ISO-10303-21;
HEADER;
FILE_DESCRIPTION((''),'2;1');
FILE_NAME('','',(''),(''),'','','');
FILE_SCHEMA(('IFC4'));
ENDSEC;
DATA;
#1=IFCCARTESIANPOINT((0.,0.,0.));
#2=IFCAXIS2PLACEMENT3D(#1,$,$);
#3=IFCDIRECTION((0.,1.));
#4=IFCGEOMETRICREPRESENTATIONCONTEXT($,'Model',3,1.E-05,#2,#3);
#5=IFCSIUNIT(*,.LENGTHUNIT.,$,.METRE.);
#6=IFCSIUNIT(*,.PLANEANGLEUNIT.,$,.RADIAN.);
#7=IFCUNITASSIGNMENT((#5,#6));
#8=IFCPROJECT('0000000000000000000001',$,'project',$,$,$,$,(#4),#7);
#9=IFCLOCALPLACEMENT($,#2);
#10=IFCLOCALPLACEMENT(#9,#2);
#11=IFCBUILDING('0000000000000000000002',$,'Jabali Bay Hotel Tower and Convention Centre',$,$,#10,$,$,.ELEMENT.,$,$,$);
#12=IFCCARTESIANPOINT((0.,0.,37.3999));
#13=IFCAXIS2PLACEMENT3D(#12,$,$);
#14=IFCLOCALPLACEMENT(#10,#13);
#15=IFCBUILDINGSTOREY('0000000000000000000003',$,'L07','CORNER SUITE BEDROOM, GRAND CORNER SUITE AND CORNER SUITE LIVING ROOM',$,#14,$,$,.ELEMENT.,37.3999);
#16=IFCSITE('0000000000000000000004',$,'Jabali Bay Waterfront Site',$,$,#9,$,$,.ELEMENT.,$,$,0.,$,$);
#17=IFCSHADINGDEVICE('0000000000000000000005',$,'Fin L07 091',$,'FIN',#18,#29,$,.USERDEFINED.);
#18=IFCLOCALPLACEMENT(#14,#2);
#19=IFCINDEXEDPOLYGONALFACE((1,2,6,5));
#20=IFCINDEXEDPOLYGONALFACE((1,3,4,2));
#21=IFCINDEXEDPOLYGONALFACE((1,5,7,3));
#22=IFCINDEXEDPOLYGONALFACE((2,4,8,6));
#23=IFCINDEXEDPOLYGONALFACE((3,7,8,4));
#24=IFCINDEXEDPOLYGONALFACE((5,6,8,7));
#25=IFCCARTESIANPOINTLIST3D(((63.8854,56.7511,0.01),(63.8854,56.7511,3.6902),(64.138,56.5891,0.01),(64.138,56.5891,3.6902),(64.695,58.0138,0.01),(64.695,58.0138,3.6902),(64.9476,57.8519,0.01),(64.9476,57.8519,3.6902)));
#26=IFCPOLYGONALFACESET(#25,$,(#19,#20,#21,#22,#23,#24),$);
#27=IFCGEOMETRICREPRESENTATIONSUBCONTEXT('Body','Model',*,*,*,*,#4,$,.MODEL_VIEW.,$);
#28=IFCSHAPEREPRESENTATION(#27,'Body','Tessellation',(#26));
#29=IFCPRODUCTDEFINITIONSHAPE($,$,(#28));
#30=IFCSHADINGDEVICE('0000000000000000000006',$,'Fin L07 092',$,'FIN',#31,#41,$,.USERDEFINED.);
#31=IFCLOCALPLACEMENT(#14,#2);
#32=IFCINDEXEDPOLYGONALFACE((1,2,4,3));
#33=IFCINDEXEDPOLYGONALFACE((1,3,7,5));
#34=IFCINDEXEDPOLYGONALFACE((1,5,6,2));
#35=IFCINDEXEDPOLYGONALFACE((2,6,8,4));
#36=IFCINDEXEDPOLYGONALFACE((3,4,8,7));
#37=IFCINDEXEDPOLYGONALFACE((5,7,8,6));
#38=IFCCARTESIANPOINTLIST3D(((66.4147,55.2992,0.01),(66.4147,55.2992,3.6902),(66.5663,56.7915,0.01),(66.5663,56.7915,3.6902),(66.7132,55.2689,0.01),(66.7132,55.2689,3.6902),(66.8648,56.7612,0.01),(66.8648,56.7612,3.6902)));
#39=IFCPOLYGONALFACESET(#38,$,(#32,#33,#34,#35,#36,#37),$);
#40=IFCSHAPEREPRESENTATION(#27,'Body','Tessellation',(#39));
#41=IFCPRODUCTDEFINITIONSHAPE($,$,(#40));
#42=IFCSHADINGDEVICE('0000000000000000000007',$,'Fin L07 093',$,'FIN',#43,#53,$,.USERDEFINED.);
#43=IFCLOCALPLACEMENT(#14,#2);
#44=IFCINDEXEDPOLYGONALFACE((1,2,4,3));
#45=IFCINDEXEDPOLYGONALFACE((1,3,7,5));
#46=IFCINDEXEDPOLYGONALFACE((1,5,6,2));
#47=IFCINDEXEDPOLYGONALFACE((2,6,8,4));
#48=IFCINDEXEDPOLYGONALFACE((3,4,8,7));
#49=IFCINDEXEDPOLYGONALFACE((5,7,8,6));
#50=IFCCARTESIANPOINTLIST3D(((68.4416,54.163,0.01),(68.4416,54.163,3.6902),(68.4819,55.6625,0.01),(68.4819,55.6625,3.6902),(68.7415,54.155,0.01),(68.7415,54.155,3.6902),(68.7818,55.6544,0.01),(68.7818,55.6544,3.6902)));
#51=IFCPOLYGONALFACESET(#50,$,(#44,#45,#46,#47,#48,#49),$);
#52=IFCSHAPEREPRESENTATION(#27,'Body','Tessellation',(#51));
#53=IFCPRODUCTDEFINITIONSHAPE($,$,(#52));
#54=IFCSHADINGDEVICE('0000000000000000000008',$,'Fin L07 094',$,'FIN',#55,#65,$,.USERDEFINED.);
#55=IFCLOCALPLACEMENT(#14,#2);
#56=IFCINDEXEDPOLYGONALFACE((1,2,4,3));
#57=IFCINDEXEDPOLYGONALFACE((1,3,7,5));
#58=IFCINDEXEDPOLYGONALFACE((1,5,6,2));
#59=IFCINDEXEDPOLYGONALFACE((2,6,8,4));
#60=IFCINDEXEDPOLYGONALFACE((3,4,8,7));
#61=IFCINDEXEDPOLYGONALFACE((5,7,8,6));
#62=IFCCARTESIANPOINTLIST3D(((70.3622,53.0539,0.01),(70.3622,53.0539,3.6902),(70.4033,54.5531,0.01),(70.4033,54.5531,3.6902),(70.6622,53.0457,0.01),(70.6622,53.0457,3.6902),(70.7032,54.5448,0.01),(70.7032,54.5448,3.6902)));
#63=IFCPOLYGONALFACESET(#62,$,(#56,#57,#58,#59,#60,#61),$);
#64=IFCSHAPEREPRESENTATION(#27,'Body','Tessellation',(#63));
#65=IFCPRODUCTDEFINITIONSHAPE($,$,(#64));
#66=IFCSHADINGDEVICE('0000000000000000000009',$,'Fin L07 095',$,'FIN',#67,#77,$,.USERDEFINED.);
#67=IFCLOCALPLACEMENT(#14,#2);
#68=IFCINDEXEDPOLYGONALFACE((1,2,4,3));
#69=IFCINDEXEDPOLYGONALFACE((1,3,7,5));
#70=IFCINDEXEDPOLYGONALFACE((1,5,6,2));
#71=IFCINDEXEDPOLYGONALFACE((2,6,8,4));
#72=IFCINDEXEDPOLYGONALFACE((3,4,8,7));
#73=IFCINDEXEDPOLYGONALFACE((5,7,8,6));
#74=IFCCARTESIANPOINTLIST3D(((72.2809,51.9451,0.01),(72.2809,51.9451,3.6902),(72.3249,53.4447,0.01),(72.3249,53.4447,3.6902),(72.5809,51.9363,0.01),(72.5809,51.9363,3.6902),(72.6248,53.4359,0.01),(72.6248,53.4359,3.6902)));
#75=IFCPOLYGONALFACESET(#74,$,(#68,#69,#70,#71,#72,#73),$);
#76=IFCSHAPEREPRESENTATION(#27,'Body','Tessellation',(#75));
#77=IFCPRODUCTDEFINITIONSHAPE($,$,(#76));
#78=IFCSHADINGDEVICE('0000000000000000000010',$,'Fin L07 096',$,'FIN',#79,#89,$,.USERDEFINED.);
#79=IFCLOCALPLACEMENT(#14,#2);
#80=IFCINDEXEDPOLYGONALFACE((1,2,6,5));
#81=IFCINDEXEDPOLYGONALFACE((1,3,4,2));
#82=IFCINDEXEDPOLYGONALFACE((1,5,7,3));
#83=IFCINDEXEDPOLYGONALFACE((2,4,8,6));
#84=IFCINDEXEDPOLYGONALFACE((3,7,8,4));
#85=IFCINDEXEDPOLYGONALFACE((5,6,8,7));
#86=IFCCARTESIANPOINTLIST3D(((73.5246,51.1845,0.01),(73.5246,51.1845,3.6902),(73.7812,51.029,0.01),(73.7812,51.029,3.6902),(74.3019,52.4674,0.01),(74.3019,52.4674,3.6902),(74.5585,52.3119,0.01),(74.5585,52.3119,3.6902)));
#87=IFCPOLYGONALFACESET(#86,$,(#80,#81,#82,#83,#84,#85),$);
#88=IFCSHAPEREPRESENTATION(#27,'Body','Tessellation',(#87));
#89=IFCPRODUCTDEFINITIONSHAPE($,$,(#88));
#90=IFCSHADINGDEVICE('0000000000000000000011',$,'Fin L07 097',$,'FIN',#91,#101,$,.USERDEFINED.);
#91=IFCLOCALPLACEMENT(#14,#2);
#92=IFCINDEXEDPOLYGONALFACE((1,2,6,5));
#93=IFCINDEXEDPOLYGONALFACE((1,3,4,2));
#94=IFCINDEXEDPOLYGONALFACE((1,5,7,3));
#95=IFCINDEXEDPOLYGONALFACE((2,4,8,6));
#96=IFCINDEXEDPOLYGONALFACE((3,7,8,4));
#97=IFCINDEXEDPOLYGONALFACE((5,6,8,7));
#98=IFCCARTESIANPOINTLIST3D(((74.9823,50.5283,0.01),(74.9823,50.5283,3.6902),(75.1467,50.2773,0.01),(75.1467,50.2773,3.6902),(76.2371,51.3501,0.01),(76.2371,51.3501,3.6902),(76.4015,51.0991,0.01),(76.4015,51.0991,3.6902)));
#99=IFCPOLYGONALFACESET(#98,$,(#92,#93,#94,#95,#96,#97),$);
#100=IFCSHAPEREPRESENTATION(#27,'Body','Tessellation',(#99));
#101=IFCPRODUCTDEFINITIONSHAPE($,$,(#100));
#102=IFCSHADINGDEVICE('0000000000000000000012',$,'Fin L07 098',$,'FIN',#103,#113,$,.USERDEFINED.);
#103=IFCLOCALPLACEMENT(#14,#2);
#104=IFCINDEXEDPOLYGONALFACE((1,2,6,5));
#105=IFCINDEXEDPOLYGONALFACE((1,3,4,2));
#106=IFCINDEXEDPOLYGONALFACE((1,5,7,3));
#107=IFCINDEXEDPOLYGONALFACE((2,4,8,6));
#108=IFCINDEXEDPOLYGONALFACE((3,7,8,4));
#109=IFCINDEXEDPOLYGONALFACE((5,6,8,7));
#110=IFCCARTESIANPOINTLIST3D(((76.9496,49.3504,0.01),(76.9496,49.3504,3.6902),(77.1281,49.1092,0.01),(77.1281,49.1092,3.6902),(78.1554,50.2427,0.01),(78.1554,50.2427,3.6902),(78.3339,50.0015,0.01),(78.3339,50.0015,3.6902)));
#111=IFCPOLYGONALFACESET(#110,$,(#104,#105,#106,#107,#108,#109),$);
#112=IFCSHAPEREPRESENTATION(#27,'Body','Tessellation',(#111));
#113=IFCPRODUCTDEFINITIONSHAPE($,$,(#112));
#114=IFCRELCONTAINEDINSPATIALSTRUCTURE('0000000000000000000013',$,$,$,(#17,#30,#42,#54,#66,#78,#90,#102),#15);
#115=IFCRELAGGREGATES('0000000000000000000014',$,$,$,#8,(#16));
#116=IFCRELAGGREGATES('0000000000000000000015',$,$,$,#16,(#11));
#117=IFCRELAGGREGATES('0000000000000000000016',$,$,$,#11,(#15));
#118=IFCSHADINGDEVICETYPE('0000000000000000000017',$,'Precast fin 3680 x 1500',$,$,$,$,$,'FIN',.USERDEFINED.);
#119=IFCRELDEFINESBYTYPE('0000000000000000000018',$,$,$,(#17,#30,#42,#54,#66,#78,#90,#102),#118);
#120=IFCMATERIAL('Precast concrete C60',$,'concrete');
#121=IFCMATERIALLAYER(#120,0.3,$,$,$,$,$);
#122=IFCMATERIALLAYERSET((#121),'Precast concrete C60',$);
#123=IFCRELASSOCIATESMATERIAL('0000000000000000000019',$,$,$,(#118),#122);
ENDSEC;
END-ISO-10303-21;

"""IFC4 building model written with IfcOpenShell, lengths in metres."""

from ifc_helpers import new_model, si_unit, direction, frame, frame_2d, origin, place, context, subcontext, project, spatial, rectangle, extrude, material, layer, layer_set, type_object, element, save


model = new_model("IFC4")

# Units and contexts
model_context = context("Model", 3, precision=1e-05, world=origin(), true_north=direction((0.0, 1.0)))
body_context = subcontext(model_context, "Body", "Model", "MODEL_VIEW")
ifc_project = project(units=[si_unit("LENGTHUNIT", "METRE"), si_unit("PLANEANGLEUNIT", "RADIAN")], contexts=[model_context])

# Site, building, storey
site_placement = place(None, origin())
site = spatial("IfcSite", under=ifc_project, at=site_placement, Name="Jabali Bay Waterfront Site", CompositionType="ELEMENT", RefElevation=0.0)
building_placement = place(site_placement, origin())
building = spatial("IfcBuilding", under=site, at=building_placement, Name="Jabali Bay Hotel Tower and Convention Centre", CompositionType="ELEMENT")
storey_placement = place(building_placement, frame((0.0, 0.0, 37.3999)))
storey = spatial("IfcBuildingStorey", under=building, at=storey_placement, Name="L07", Description="CORNER SUITE BEDROOM, GRAND CORNER SUITE AND CORNER SUITE LIVING ROOM", CompositionType="ELEMENT", Elevation=37.3999)

# Shading devices
ifc_material_1 = material(Name="Precast concrete C60", Category="concrete")
ifc_layer_1 = layer(ifc_material_1, 0.3)
ifc_layer_set_1 = layer_set([ifc_layer_1], Name="Precast concrete C60")
shading_device_type = type_object("IfcShadingDeviceType", Name="Precast fin 3680 x 1500", ElementType="FIN", PredefinedType="USERDEFINED", material=ifc_layer_set_1)
for number, where, z_axis, x_axis, name in (
    (1, (64.8213, 57.9329, 0.01), (0.0, 0.0, 1.0), (-0.539737, -0.841834, 0.0), "Fin L07 091"),
    (2, (66.7156, 56.7764, 0.01), (0.0, 0.0, 1.0), (-0.101067, -0.99488, 0.0), "Fin L07 092"),
    (3, (68.6318, 55.6584, 0.01), (0.0, 0.0, 1.0), (-0.026855, -0.999639, 0.0), "Fin L07 093"),
):
    element("IfcShadingDevice", number, at=place(storey_placement, frame(where, z_axis=z_axis, x_axis=x_axis)), inside=storey, type_object=shading_device_type, Name=name, ObjectType="FIN", PredefinedType="USERDEFINED", context=body_context, shape_type="SweptSolid", body=[
        extrude(rectangle(XDim=1.5, YDim=0.3, at=frame_2d((0.75, 0.0))), origin(), (0.0, 0.0, 1.0), 3.6802),
    ])
shading_device_1_placement = place(storey_placement, frame((70.5532, 54.5491, 0.01), z_axis=(0.0, 0.0, 1.0), x_axis=(-0.027347, -0.999626, 0.0)))
element("IfcShadingDevice", 4, at=shading_device_1_placement, inside=storey, type_object=shading_device_type, Name="Fin L07 094", ObjectType="FIN", PredefinedType="USERDEFINED", context=body_context, shape_type="SweptSolid", body=[
    extrude(rectangle(XDim=1.4998, YDim=0.3, at=frame_2d((0.75, 0.0))), origin(), (0.0, 0.0, 1.0), 3.6802),
])
shading_device_2_placement = place(storey_placement, frame((72.4749, 53.4402, 0.01), z_axis=(0.0, 0.0, 1.0), x_axis=(-0.029294, -0.999571, 0.0)))
element("IfcShadingDevice", 5, at=shading_device_2_placement, inside=storey, type_object=shading_device_type, Name="Fin L07 095", ObjectType="FIN", PredefinedType="USERDEFINED", context=body_context, shape_type="SweptSolid", body=[
    extrude(rectangle(XDim=1.5002, YDim=0.3, at=frame_2d((0.75, 0.0))), origin(), (0.0, 0.0, 1.0), 3.6802),
])
for number, where, z_axis, x_axis, name in (
    (6, (74.4302, 52.3896, 0.01), (0.0, 0.0, 1.0), (-0.518201, -0.855259, 0.0), "Fin L07 096"),
    (7, (76.3193, 51.2246, 0.01), (0.0, 0.0, 1.0), (-0.836579, -0.547846, 0.0), "Fin L07 097"),
    (8, (78.2446, 50.1221, 0.01), (0.0, 0.0, 1.0), (-0.803831, -0.594858, 0.0), "Fin L07 098"),
):
    element("IfcShadingDevice", number, at=place(storey_placement, frame(where, z_axis=z_axis, x_axis=x_axis)), inside=storey, type_object=shading_device_type, Name=name, ObjectType="FIN", PredefinedType="USERDEFINED", context=body_context, shape_type="SweptSolid", body=[
        extrude(rectangle(XDim=1.5, YDim=0.3, at=frame_2d((0.75, 0.0))), origin(), (0.0, 0.0, 1.0), 3.6802),
    ])

save(model, "model.ifc")
